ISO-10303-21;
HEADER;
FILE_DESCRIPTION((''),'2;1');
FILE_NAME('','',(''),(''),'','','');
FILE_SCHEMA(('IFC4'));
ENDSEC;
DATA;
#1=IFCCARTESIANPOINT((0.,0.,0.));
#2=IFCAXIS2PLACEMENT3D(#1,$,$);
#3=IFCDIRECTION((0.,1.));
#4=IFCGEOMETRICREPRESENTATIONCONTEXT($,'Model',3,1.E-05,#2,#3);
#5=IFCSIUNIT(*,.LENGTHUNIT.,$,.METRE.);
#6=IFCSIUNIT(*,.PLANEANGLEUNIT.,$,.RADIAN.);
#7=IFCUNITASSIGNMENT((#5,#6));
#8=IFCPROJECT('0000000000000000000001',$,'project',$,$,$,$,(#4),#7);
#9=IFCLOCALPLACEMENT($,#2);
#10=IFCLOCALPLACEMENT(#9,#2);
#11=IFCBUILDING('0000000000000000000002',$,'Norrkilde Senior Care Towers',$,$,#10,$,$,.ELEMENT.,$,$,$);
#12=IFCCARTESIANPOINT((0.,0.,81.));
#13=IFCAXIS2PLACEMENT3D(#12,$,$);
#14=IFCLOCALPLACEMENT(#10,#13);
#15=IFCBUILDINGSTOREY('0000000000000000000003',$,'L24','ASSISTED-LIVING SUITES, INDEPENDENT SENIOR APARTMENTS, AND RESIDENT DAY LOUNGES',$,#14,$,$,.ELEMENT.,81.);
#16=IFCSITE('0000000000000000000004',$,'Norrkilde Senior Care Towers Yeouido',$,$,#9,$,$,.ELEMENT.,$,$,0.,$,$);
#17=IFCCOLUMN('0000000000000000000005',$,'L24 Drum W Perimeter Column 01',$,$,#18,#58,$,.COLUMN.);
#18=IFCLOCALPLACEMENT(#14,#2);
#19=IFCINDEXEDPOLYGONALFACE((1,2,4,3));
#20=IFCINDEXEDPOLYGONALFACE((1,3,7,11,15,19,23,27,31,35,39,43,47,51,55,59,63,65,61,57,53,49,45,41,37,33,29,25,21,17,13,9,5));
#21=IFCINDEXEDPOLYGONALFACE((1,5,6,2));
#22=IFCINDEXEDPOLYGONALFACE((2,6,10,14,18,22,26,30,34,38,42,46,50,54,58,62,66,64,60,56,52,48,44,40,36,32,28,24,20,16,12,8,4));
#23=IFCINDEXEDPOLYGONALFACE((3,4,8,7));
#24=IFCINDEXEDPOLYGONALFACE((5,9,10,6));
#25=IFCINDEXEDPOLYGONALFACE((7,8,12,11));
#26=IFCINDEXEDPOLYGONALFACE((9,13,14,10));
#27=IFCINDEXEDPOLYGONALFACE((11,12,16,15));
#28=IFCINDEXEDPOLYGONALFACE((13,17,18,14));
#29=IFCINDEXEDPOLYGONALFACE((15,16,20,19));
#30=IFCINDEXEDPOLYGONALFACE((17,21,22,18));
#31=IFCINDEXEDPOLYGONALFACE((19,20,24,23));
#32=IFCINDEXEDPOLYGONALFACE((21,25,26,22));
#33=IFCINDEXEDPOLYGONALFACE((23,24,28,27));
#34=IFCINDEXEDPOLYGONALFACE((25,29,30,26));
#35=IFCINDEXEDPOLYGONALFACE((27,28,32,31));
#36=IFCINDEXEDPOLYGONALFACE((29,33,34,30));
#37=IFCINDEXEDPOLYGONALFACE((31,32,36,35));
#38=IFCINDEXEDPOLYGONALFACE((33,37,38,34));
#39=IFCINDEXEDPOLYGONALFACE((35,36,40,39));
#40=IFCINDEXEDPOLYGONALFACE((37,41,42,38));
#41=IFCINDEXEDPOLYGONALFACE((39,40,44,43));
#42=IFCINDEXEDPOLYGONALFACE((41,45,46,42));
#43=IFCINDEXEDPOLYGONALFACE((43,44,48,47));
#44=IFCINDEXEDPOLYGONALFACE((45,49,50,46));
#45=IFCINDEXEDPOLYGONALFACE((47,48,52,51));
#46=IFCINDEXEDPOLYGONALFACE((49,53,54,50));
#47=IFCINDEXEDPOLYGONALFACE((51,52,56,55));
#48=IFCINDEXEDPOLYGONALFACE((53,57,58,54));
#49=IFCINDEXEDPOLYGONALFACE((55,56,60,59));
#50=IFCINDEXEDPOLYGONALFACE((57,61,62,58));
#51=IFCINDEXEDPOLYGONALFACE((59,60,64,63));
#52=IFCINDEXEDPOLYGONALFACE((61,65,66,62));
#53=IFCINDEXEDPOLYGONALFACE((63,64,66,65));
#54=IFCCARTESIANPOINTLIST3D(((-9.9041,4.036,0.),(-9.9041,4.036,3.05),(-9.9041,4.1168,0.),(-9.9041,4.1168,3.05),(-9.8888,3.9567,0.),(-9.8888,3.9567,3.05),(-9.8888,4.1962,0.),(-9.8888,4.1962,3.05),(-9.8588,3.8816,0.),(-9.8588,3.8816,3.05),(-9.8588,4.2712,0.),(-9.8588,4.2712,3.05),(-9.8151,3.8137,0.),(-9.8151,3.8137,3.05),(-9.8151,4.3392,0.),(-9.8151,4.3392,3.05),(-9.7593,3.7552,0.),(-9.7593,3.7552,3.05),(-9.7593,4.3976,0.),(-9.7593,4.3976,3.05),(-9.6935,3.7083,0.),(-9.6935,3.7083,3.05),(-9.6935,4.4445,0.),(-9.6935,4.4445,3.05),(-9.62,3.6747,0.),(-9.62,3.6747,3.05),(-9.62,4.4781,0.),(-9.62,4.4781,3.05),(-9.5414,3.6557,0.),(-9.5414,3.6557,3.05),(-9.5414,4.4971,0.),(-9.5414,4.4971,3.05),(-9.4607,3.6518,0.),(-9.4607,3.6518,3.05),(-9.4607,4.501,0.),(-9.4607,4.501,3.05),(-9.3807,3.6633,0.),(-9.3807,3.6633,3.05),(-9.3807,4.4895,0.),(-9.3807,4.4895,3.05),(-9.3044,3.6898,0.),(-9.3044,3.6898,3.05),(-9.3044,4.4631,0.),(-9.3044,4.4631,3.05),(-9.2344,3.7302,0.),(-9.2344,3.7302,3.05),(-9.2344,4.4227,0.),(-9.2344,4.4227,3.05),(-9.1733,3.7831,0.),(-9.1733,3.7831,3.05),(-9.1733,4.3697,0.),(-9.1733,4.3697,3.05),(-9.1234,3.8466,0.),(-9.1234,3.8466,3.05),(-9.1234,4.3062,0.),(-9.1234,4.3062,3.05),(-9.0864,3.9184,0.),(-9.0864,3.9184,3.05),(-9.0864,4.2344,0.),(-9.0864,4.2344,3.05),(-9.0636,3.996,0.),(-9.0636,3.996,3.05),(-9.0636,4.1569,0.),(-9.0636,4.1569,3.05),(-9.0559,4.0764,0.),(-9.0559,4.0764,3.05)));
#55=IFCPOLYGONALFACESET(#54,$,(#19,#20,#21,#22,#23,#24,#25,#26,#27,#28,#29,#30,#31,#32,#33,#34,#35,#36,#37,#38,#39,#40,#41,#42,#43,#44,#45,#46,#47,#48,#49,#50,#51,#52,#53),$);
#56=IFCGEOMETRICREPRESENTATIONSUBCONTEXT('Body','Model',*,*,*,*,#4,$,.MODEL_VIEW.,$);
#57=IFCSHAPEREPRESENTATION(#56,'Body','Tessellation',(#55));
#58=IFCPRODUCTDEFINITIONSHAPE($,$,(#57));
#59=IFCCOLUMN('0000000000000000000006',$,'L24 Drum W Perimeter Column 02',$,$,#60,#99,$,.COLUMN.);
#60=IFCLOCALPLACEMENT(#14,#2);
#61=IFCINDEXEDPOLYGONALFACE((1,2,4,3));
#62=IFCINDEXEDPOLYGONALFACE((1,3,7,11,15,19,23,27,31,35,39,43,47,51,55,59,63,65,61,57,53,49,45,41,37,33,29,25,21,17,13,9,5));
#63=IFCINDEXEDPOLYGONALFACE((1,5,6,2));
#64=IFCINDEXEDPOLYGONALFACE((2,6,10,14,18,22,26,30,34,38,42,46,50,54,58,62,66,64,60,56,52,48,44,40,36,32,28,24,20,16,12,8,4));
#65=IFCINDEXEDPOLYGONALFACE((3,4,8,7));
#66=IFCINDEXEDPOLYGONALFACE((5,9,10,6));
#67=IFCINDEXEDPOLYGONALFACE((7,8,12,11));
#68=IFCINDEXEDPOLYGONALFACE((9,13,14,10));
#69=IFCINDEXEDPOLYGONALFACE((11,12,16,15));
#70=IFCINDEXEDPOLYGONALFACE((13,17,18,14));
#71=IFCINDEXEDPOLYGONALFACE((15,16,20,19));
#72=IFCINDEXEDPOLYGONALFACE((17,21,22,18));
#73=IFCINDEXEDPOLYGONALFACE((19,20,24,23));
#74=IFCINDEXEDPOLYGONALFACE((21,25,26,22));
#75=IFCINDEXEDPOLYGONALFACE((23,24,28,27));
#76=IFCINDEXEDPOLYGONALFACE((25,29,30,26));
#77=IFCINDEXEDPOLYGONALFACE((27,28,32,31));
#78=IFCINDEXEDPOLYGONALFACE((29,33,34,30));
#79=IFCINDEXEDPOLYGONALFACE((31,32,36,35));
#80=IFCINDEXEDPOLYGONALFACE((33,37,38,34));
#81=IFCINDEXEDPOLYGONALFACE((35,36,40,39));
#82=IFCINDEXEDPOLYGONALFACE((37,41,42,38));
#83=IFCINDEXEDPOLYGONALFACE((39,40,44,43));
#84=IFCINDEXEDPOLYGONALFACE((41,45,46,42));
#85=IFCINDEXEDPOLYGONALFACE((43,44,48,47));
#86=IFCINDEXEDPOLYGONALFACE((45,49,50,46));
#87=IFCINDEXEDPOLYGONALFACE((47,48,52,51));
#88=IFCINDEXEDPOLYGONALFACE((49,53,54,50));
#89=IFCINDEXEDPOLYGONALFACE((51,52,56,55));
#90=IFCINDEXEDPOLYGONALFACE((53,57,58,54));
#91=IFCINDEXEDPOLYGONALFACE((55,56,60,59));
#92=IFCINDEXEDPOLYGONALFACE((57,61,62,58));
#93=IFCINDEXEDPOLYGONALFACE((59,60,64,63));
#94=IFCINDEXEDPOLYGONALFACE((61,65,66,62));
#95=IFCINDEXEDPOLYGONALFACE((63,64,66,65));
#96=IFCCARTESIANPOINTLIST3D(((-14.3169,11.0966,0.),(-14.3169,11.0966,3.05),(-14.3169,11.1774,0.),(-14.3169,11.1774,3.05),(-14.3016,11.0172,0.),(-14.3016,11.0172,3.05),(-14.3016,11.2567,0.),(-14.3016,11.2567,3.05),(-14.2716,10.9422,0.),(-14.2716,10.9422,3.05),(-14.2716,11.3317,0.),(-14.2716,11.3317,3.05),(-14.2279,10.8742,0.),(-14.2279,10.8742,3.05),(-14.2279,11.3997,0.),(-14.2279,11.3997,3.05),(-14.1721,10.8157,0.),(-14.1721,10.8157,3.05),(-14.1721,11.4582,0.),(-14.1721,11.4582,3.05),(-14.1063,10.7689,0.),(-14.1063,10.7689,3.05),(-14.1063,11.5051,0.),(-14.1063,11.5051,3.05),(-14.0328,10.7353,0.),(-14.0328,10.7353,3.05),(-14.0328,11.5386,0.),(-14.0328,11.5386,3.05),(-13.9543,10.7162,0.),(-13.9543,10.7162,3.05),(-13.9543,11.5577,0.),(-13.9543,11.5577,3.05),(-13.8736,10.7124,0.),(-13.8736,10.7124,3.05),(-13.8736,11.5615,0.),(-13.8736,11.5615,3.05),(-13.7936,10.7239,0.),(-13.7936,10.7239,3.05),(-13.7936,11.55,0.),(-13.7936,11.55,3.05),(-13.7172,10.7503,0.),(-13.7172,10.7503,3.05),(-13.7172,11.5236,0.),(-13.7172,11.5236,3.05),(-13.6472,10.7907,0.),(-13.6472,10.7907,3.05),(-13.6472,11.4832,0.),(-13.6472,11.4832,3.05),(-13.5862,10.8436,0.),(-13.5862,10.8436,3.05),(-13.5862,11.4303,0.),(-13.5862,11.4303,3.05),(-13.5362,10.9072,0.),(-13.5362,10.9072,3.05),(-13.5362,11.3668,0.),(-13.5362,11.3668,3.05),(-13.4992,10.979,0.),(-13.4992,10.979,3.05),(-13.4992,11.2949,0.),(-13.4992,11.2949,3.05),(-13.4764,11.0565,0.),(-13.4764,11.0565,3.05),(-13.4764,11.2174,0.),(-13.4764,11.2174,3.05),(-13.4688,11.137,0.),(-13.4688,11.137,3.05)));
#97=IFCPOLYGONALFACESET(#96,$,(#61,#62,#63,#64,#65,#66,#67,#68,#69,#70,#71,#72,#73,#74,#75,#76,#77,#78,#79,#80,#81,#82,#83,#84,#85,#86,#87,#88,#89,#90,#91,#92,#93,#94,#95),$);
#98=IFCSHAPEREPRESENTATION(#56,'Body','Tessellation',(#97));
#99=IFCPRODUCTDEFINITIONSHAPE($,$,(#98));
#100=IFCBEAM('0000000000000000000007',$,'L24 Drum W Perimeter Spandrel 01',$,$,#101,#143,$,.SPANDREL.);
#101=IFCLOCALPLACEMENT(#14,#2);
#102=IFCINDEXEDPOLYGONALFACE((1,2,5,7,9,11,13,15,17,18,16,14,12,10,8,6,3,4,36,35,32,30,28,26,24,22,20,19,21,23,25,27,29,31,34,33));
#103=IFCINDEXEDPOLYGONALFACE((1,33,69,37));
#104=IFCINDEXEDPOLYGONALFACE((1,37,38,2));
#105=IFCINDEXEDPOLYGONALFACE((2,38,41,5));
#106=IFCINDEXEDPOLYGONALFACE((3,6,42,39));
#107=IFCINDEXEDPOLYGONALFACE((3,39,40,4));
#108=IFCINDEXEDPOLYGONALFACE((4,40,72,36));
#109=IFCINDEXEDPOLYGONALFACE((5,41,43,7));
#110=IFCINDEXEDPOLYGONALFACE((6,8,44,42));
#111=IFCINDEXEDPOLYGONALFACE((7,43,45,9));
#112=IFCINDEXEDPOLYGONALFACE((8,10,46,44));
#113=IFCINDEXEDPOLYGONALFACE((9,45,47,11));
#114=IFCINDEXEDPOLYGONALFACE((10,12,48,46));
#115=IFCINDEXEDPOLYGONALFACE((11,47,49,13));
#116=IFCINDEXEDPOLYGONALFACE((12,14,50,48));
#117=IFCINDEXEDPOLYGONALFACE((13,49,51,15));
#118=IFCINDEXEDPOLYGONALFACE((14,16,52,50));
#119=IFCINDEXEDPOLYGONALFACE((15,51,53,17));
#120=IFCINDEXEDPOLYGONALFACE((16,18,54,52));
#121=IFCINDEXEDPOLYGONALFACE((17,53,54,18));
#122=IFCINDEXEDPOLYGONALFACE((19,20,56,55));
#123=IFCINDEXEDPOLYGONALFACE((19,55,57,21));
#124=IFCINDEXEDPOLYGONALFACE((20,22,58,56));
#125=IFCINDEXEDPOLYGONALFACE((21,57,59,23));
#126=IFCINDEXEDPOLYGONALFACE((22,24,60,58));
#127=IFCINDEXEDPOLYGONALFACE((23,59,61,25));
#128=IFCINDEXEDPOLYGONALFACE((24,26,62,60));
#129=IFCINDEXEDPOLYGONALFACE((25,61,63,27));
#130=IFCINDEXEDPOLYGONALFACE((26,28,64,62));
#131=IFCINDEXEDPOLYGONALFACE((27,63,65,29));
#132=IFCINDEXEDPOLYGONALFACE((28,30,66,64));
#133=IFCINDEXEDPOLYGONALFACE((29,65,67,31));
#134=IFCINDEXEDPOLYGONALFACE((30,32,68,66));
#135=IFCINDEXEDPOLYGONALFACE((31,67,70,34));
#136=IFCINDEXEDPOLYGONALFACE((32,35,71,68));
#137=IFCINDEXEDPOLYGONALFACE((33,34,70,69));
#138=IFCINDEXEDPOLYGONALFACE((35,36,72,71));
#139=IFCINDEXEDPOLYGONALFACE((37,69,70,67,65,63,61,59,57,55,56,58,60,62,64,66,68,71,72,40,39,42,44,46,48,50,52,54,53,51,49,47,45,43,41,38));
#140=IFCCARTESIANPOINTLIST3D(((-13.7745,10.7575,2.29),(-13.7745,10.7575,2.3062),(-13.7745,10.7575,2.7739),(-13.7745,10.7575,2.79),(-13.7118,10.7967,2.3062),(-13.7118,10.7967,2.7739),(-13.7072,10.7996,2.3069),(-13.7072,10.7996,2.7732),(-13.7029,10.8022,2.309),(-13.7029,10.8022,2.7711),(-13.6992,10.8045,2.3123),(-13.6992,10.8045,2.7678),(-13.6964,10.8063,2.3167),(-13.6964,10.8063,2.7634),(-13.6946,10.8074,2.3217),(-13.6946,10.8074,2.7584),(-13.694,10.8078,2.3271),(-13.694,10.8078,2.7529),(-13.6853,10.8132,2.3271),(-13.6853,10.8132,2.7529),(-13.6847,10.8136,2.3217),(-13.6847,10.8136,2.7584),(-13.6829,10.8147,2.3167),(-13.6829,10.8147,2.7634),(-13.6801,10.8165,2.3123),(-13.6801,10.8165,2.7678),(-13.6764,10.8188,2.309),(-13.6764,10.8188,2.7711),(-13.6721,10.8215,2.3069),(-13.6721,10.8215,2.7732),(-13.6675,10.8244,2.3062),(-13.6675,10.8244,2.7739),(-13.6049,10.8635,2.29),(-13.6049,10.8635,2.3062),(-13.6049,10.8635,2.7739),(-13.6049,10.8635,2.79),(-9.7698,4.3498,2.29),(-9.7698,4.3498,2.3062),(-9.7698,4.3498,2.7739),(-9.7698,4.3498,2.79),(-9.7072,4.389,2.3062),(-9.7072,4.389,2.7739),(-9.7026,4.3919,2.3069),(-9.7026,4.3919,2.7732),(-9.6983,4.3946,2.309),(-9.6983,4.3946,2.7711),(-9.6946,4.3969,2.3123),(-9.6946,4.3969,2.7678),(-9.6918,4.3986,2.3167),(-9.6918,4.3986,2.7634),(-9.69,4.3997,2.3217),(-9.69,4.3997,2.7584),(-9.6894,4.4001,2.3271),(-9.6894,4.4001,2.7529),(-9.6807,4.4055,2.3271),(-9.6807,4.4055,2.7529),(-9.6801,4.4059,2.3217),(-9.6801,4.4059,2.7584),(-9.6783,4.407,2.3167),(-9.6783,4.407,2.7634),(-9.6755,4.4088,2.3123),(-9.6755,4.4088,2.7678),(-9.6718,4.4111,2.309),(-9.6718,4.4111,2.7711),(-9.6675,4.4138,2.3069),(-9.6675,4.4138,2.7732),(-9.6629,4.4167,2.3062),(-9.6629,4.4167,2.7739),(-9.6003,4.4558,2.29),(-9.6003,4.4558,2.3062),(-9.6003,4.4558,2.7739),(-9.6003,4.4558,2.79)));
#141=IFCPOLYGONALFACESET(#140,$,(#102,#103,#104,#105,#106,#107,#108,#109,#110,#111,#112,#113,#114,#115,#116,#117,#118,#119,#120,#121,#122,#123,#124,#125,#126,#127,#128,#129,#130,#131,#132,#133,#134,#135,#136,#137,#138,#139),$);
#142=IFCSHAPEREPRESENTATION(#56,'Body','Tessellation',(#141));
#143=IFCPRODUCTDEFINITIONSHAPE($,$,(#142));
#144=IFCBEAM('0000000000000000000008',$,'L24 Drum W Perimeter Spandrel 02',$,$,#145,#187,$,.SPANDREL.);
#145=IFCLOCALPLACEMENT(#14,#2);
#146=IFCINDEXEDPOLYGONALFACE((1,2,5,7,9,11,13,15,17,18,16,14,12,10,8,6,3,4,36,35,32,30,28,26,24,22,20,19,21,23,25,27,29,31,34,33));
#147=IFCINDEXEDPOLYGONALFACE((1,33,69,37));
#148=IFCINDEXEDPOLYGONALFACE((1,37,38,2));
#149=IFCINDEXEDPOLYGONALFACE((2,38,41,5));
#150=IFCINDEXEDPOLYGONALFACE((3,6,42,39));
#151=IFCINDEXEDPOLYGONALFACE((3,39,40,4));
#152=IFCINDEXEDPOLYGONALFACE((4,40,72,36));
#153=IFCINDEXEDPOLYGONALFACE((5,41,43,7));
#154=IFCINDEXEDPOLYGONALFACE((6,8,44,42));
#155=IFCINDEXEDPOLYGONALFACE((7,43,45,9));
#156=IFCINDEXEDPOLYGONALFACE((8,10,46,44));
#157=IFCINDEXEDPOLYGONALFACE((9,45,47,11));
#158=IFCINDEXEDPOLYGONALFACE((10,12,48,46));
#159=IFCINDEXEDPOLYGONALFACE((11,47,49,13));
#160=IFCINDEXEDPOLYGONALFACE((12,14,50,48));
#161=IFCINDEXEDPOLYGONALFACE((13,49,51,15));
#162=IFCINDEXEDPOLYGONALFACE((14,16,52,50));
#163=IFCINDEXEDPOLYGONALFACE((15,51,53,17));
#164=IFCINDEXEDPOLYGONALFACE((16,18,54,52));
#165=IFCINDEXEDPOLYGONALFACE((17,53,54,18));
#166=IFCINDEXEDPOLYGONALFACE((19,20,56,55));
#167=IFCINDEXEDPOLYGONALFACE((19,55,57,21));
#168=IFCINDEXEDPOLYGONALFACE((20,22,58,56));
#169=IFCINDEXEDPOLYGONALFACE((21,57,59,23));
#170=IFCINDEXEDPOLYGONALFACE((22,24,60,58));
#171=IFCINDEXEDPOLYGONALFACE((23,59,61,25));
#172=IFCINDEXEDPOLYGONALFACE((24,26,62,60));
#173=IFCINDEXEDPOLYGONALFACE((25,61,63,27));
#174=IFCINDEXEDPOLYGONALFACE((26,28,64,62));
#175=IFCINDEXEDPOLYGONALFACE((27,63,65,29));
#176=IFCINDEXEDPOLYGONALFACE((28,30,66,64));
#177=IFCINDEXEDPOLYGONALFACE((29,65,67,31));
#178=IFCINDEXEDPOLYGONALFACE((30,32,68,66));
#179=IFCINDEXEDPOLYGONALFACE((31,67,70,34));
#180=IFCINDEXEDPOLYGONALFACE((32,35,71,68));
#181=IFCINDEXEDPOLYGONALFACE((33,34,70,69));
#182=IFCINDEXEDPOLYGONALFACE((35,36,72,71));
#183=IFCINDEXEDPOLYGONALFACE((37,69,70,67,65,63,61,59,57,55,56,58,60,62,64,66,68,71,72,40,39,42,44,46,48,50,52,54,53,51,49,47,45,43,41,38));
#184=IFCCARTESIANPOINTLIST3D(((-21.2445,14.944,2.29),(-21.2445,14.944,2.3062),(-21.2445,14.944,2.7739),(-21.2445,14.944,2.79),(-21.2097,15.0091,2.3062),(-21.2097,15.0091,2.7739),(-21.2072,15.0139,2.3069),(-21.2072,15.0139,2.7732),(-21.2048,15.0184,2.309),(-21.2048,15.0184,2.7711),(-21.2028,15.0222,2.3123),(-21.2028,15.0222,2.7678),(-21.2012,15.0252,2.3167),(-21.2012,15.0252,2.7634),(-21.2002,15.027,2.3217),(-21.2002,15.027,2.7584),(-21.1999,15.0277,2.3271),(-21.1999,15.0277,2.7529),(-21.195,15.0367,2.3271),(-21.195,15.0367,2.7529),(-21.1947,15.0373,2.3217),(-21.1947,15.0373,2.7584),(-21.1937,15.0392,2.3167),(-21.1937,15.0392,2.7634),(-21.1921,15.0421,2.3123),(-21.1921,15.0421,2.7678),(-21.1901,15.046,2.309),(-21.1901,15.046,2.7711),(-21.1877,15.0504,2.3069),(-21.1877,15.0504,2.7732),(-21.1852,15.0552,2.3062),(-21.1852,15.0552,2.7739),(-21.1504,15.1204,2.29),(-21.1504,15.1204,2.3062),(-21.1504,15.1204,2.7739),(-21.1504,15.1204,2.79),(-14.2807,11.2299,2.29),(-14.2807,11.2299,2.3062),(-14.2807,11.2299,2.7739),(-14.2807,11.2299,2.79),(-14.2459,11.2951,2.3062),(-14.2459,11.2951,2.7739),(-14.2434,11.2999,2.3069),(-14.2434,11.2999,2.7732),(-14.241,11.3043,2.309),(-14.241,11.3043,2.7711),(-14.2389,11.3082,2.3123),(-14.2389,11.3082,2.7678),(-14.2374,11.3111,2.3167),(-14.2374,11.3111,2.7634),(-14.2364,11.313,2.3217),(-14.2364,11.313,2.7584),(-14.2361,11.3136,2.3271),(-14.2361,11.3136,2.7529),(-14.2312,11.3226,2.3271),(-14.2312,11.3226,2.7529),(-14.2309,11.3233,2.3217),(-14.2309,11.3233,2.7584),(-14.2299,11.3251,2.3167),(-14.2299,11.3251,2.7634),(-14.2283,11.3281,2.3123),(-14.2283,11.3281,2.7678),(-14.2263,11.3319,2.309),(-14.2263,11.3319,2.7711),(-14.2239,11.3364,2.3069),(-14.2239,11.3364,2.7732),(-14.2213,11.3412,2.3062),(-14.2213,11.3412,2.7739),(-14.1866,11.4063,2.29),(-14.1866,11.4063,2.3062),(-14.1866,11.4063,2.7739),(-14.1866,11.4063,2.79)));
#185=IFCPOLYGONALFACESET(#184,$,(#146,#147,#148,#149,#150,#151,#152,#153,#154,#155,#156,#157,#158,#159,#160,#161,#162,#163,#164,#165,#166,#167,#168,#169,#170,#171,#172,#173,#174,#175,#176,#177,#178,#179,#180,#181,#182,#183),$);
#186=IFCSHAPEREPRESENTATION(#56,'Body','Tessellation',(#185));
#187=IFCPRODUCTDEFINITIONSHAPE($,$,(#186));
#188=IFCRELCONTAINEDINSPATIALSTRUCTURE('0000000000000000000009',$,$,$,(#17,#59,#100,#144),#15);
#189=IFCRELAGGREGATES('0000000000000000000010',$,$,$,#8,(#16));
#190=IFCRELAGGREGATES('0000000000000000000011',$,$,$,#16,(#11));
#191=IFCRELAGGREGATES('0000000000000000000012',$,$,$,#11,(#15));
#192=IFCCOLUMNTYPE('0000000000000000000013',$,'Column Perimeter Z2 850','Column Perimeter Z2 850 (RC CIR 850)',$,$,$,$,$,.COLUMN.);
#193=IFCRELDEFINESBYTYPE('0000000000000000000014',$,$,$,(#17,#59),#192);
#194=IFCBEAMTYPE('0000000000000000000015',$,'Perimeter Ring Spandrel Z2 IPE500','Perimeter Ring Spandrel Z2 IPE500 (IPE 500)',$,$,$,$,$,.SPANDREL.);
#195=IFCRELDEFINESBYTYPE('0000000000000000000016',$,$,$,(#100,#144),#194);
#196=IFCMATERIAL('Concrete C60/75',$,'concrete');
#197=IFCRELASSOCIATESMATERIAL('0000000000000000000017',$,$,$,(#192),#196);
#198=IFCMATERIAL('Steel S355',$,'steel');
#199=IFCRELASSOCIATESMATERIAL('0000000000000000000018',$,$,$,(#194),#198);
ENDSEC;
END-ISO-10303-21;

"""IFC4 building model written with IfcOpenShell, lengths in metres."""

from ifc_helpers import new_model, si_unit, direction, frame, origin, origin_2d, place, context, subcontext, project, spatial, circle, i_section, extrude, source, transform, mapped, material, material_profile, profile_set, type_object, type_shapes, element, save


model = new_model("IFC4")

# Units and contexts
model_context = context("Model", 3, precision=1e-05, world=origin(), true_north=direction((0.0, 1.0)))
body_context = subcontext(model_context, "Body", "Model", "MODEL_VIEW")
ifc_project = project(units=[si_unit("LENGTHUNIT", "METRE"), si_unit("PLANEANGLEUNIT", "RADIAN")], contexts=[model_context])

# Site, building, storey
site_placement = place(None, origin())
site = spatial("IfcSite", under=ifc_project, at=site_placement, Name="Norrkilde Senior Care Towers Yeouido", CompositionType="ELEMENT", RefElevation=0.0)
building_placement = place(site_placement, origin())
building = spatial("IfcBuilding", under=site, at=building_placement, Name="Norrkilde Senior Care Towers", CompositionType="ELEMENT")
storey_placement = place(building_placement, frame((0.0, 0.0, 81.0)))
storey = spatial("IfcBuildingStorey", under=building, at=storey_placement, Name="L24", Description="ASSISTED-LIVING SUITES, INDEPENDENT SENIOR APARTMENTS, AND RESIDENT DAY LOUNGES", CompositionType="ELEMENT", Elevation=81.0)

# Columns
ifc_material_1 = material(Name="Concrete C60/75", Category="concrete")
ifc_material_profile_1 = material_profile(ifc_material_1, circle(Radius=0.425, at=origin_2d()), Name="RC CIR 850")
ifc_profile_set_1 = profile_set([ifc_material_profile_1], Name="Concrete C60/75")
column_type = type_object("IfcColumnType", Name="Column Perimeter Z2 850", Description="Column Perimeter Z2 850 (RC CIR 850)", PredefinedType="COLUMN", material=ifc_profile_set_1)
shared_shape_1 = source(origin(), body_context, "Body", "SweptSolid", [
    extrude(circle(Radius=0.425, at=origin_2d()), origin(), (0.0, 0.0, 1.0), 3.05),
])
type_shapes(column_type, [shared_shape_1])
for number, where, z_axis, x_axis, name in (
    (1, (-9.481, 4.0764, 0.0), (0.0, 0.0, 1.0), (1.0, 0.0, 0.0), "L24 Drum W Perimeter Column 01"),
    (2, (-13.8938, 11.137, 0.0), (0.0, 0.0, 1.0), (1.0, 0.0, 0.0), "L24 Drum W Perimeter Column 02"),
):
    element("IfcColumn", number, at=place(storey_placement, frame(where, z_axis=z_axis, x_axis=x_axis)), inside=storey, type_object=column_type, Name=name, PredefinedType="COLUMN", context=body_context, shape_type="MappedRepresentation", body=[
        mapped(shared_shape_1, transform((0.0, 0.0, 0.0), x_axis=(1.0, 0.0, 0.0), y_axis=(0.0, 1.0, 0.0), z_axis=(0.0, 0.0, 1.0), scale=1.0)),
    ])

# Beams
ifc_material_2 = material(Name="Steel S355", Category="steel")
ifc_material_profile_2 = material_profile(ifc_material_2, i_section(OverallWidth=0.2, OverallDepth=0.5, WebThickness=0.0103, FlangeThickness=0.0161, FilletRadius=0.021, at=origin_2d()), Name="IPE 500")
ifc_profile_set_2 = profile_set([ifc_material_profile_2], Name="Steel S355")
beam_type = type_object("IfcBeamType", Name="Perimeter Ring Spandrel Z2 IPE500", Description="Perimeter Ring Spandrel Z2 IPE500 (IPE 500)", PredefinedType="SPANDREL", material=ifc_profile_set_2)
shared_shape_2 = source(origin(), body_context, "Body", "SweptSolid", [
    extrude(i_section(OverallWidth=0.2, OverallDepth=0.5, WebThickness=0.0103, FlangeThickness=0.0161, FilletRadius=0.021, at=origin_2d()), origin(), (0.0, 0.0, 1.0), 7.5562),
])
beam_1_placement = place(storey_placement, frame((-9.6851, 4.4028, 2.54), z_axis=(-0.529982, 0.848009, 0.0), x_axis=(-0.848009, -0.529982, 0.0)))
element("IfcBeam", 3, at=beam_1_placement, inside=storey, type_object=beam_type, Name="L24 Drum W Perimeter Spandrel 01", PredefinedType="SPANDREL", context=body_context, shape_type="MappedRepresentation", body=[
    mapped(shared_shape_2, transform((0.0, 0.0, 0.0), x_axis=(1.0, 0.0, 0.0), y_axis=(0.0, 1.0, 0.0), z_axis=(0.0, 0.0, 1.0), scale=1.0)),
])
shared_shape_3 = source(origin(), body_context, "Body", "SweptSolid", [
    extrude(i_section(OverallWidth=0.2, OverallDepth=0.5, WebThickness=0.0103, FlangeThickness=0.0161, FilletRadius=0.021, at=origin_2d()), origin(), (0.0, 0.0, 1.0), 7.8923),
])
type_shapes(beam_type, [shared_shape_2, shared_shape_3])
beam_2_placement = place(storey_placement, frame((-14.2336, 11.3181, 2.54), z_axis=(-0.88235, 0.470593, 0.0), x_axis=(-0.470593, -0.88235, 0.0)))
element("IfcBeam", 4, at=beam_2_placement, inside=storey, type_object=beam_type, Name="L24 Drum W Perimeter Spandrel 02", PredefinedType="SPANDREL", context=body_context, shape_type="MappedRepresentation", body=[
    mapped(shared_shape_3, transform((0.0, 0.0, 0.0), x_axis=(1.0, 0.0, 0.0), y_axis=(0.0, 1.0, 0.0), z_axis=(0.0, 0.0, 1.0), scale=1.0)),
])

save(model, "model.ifc")
